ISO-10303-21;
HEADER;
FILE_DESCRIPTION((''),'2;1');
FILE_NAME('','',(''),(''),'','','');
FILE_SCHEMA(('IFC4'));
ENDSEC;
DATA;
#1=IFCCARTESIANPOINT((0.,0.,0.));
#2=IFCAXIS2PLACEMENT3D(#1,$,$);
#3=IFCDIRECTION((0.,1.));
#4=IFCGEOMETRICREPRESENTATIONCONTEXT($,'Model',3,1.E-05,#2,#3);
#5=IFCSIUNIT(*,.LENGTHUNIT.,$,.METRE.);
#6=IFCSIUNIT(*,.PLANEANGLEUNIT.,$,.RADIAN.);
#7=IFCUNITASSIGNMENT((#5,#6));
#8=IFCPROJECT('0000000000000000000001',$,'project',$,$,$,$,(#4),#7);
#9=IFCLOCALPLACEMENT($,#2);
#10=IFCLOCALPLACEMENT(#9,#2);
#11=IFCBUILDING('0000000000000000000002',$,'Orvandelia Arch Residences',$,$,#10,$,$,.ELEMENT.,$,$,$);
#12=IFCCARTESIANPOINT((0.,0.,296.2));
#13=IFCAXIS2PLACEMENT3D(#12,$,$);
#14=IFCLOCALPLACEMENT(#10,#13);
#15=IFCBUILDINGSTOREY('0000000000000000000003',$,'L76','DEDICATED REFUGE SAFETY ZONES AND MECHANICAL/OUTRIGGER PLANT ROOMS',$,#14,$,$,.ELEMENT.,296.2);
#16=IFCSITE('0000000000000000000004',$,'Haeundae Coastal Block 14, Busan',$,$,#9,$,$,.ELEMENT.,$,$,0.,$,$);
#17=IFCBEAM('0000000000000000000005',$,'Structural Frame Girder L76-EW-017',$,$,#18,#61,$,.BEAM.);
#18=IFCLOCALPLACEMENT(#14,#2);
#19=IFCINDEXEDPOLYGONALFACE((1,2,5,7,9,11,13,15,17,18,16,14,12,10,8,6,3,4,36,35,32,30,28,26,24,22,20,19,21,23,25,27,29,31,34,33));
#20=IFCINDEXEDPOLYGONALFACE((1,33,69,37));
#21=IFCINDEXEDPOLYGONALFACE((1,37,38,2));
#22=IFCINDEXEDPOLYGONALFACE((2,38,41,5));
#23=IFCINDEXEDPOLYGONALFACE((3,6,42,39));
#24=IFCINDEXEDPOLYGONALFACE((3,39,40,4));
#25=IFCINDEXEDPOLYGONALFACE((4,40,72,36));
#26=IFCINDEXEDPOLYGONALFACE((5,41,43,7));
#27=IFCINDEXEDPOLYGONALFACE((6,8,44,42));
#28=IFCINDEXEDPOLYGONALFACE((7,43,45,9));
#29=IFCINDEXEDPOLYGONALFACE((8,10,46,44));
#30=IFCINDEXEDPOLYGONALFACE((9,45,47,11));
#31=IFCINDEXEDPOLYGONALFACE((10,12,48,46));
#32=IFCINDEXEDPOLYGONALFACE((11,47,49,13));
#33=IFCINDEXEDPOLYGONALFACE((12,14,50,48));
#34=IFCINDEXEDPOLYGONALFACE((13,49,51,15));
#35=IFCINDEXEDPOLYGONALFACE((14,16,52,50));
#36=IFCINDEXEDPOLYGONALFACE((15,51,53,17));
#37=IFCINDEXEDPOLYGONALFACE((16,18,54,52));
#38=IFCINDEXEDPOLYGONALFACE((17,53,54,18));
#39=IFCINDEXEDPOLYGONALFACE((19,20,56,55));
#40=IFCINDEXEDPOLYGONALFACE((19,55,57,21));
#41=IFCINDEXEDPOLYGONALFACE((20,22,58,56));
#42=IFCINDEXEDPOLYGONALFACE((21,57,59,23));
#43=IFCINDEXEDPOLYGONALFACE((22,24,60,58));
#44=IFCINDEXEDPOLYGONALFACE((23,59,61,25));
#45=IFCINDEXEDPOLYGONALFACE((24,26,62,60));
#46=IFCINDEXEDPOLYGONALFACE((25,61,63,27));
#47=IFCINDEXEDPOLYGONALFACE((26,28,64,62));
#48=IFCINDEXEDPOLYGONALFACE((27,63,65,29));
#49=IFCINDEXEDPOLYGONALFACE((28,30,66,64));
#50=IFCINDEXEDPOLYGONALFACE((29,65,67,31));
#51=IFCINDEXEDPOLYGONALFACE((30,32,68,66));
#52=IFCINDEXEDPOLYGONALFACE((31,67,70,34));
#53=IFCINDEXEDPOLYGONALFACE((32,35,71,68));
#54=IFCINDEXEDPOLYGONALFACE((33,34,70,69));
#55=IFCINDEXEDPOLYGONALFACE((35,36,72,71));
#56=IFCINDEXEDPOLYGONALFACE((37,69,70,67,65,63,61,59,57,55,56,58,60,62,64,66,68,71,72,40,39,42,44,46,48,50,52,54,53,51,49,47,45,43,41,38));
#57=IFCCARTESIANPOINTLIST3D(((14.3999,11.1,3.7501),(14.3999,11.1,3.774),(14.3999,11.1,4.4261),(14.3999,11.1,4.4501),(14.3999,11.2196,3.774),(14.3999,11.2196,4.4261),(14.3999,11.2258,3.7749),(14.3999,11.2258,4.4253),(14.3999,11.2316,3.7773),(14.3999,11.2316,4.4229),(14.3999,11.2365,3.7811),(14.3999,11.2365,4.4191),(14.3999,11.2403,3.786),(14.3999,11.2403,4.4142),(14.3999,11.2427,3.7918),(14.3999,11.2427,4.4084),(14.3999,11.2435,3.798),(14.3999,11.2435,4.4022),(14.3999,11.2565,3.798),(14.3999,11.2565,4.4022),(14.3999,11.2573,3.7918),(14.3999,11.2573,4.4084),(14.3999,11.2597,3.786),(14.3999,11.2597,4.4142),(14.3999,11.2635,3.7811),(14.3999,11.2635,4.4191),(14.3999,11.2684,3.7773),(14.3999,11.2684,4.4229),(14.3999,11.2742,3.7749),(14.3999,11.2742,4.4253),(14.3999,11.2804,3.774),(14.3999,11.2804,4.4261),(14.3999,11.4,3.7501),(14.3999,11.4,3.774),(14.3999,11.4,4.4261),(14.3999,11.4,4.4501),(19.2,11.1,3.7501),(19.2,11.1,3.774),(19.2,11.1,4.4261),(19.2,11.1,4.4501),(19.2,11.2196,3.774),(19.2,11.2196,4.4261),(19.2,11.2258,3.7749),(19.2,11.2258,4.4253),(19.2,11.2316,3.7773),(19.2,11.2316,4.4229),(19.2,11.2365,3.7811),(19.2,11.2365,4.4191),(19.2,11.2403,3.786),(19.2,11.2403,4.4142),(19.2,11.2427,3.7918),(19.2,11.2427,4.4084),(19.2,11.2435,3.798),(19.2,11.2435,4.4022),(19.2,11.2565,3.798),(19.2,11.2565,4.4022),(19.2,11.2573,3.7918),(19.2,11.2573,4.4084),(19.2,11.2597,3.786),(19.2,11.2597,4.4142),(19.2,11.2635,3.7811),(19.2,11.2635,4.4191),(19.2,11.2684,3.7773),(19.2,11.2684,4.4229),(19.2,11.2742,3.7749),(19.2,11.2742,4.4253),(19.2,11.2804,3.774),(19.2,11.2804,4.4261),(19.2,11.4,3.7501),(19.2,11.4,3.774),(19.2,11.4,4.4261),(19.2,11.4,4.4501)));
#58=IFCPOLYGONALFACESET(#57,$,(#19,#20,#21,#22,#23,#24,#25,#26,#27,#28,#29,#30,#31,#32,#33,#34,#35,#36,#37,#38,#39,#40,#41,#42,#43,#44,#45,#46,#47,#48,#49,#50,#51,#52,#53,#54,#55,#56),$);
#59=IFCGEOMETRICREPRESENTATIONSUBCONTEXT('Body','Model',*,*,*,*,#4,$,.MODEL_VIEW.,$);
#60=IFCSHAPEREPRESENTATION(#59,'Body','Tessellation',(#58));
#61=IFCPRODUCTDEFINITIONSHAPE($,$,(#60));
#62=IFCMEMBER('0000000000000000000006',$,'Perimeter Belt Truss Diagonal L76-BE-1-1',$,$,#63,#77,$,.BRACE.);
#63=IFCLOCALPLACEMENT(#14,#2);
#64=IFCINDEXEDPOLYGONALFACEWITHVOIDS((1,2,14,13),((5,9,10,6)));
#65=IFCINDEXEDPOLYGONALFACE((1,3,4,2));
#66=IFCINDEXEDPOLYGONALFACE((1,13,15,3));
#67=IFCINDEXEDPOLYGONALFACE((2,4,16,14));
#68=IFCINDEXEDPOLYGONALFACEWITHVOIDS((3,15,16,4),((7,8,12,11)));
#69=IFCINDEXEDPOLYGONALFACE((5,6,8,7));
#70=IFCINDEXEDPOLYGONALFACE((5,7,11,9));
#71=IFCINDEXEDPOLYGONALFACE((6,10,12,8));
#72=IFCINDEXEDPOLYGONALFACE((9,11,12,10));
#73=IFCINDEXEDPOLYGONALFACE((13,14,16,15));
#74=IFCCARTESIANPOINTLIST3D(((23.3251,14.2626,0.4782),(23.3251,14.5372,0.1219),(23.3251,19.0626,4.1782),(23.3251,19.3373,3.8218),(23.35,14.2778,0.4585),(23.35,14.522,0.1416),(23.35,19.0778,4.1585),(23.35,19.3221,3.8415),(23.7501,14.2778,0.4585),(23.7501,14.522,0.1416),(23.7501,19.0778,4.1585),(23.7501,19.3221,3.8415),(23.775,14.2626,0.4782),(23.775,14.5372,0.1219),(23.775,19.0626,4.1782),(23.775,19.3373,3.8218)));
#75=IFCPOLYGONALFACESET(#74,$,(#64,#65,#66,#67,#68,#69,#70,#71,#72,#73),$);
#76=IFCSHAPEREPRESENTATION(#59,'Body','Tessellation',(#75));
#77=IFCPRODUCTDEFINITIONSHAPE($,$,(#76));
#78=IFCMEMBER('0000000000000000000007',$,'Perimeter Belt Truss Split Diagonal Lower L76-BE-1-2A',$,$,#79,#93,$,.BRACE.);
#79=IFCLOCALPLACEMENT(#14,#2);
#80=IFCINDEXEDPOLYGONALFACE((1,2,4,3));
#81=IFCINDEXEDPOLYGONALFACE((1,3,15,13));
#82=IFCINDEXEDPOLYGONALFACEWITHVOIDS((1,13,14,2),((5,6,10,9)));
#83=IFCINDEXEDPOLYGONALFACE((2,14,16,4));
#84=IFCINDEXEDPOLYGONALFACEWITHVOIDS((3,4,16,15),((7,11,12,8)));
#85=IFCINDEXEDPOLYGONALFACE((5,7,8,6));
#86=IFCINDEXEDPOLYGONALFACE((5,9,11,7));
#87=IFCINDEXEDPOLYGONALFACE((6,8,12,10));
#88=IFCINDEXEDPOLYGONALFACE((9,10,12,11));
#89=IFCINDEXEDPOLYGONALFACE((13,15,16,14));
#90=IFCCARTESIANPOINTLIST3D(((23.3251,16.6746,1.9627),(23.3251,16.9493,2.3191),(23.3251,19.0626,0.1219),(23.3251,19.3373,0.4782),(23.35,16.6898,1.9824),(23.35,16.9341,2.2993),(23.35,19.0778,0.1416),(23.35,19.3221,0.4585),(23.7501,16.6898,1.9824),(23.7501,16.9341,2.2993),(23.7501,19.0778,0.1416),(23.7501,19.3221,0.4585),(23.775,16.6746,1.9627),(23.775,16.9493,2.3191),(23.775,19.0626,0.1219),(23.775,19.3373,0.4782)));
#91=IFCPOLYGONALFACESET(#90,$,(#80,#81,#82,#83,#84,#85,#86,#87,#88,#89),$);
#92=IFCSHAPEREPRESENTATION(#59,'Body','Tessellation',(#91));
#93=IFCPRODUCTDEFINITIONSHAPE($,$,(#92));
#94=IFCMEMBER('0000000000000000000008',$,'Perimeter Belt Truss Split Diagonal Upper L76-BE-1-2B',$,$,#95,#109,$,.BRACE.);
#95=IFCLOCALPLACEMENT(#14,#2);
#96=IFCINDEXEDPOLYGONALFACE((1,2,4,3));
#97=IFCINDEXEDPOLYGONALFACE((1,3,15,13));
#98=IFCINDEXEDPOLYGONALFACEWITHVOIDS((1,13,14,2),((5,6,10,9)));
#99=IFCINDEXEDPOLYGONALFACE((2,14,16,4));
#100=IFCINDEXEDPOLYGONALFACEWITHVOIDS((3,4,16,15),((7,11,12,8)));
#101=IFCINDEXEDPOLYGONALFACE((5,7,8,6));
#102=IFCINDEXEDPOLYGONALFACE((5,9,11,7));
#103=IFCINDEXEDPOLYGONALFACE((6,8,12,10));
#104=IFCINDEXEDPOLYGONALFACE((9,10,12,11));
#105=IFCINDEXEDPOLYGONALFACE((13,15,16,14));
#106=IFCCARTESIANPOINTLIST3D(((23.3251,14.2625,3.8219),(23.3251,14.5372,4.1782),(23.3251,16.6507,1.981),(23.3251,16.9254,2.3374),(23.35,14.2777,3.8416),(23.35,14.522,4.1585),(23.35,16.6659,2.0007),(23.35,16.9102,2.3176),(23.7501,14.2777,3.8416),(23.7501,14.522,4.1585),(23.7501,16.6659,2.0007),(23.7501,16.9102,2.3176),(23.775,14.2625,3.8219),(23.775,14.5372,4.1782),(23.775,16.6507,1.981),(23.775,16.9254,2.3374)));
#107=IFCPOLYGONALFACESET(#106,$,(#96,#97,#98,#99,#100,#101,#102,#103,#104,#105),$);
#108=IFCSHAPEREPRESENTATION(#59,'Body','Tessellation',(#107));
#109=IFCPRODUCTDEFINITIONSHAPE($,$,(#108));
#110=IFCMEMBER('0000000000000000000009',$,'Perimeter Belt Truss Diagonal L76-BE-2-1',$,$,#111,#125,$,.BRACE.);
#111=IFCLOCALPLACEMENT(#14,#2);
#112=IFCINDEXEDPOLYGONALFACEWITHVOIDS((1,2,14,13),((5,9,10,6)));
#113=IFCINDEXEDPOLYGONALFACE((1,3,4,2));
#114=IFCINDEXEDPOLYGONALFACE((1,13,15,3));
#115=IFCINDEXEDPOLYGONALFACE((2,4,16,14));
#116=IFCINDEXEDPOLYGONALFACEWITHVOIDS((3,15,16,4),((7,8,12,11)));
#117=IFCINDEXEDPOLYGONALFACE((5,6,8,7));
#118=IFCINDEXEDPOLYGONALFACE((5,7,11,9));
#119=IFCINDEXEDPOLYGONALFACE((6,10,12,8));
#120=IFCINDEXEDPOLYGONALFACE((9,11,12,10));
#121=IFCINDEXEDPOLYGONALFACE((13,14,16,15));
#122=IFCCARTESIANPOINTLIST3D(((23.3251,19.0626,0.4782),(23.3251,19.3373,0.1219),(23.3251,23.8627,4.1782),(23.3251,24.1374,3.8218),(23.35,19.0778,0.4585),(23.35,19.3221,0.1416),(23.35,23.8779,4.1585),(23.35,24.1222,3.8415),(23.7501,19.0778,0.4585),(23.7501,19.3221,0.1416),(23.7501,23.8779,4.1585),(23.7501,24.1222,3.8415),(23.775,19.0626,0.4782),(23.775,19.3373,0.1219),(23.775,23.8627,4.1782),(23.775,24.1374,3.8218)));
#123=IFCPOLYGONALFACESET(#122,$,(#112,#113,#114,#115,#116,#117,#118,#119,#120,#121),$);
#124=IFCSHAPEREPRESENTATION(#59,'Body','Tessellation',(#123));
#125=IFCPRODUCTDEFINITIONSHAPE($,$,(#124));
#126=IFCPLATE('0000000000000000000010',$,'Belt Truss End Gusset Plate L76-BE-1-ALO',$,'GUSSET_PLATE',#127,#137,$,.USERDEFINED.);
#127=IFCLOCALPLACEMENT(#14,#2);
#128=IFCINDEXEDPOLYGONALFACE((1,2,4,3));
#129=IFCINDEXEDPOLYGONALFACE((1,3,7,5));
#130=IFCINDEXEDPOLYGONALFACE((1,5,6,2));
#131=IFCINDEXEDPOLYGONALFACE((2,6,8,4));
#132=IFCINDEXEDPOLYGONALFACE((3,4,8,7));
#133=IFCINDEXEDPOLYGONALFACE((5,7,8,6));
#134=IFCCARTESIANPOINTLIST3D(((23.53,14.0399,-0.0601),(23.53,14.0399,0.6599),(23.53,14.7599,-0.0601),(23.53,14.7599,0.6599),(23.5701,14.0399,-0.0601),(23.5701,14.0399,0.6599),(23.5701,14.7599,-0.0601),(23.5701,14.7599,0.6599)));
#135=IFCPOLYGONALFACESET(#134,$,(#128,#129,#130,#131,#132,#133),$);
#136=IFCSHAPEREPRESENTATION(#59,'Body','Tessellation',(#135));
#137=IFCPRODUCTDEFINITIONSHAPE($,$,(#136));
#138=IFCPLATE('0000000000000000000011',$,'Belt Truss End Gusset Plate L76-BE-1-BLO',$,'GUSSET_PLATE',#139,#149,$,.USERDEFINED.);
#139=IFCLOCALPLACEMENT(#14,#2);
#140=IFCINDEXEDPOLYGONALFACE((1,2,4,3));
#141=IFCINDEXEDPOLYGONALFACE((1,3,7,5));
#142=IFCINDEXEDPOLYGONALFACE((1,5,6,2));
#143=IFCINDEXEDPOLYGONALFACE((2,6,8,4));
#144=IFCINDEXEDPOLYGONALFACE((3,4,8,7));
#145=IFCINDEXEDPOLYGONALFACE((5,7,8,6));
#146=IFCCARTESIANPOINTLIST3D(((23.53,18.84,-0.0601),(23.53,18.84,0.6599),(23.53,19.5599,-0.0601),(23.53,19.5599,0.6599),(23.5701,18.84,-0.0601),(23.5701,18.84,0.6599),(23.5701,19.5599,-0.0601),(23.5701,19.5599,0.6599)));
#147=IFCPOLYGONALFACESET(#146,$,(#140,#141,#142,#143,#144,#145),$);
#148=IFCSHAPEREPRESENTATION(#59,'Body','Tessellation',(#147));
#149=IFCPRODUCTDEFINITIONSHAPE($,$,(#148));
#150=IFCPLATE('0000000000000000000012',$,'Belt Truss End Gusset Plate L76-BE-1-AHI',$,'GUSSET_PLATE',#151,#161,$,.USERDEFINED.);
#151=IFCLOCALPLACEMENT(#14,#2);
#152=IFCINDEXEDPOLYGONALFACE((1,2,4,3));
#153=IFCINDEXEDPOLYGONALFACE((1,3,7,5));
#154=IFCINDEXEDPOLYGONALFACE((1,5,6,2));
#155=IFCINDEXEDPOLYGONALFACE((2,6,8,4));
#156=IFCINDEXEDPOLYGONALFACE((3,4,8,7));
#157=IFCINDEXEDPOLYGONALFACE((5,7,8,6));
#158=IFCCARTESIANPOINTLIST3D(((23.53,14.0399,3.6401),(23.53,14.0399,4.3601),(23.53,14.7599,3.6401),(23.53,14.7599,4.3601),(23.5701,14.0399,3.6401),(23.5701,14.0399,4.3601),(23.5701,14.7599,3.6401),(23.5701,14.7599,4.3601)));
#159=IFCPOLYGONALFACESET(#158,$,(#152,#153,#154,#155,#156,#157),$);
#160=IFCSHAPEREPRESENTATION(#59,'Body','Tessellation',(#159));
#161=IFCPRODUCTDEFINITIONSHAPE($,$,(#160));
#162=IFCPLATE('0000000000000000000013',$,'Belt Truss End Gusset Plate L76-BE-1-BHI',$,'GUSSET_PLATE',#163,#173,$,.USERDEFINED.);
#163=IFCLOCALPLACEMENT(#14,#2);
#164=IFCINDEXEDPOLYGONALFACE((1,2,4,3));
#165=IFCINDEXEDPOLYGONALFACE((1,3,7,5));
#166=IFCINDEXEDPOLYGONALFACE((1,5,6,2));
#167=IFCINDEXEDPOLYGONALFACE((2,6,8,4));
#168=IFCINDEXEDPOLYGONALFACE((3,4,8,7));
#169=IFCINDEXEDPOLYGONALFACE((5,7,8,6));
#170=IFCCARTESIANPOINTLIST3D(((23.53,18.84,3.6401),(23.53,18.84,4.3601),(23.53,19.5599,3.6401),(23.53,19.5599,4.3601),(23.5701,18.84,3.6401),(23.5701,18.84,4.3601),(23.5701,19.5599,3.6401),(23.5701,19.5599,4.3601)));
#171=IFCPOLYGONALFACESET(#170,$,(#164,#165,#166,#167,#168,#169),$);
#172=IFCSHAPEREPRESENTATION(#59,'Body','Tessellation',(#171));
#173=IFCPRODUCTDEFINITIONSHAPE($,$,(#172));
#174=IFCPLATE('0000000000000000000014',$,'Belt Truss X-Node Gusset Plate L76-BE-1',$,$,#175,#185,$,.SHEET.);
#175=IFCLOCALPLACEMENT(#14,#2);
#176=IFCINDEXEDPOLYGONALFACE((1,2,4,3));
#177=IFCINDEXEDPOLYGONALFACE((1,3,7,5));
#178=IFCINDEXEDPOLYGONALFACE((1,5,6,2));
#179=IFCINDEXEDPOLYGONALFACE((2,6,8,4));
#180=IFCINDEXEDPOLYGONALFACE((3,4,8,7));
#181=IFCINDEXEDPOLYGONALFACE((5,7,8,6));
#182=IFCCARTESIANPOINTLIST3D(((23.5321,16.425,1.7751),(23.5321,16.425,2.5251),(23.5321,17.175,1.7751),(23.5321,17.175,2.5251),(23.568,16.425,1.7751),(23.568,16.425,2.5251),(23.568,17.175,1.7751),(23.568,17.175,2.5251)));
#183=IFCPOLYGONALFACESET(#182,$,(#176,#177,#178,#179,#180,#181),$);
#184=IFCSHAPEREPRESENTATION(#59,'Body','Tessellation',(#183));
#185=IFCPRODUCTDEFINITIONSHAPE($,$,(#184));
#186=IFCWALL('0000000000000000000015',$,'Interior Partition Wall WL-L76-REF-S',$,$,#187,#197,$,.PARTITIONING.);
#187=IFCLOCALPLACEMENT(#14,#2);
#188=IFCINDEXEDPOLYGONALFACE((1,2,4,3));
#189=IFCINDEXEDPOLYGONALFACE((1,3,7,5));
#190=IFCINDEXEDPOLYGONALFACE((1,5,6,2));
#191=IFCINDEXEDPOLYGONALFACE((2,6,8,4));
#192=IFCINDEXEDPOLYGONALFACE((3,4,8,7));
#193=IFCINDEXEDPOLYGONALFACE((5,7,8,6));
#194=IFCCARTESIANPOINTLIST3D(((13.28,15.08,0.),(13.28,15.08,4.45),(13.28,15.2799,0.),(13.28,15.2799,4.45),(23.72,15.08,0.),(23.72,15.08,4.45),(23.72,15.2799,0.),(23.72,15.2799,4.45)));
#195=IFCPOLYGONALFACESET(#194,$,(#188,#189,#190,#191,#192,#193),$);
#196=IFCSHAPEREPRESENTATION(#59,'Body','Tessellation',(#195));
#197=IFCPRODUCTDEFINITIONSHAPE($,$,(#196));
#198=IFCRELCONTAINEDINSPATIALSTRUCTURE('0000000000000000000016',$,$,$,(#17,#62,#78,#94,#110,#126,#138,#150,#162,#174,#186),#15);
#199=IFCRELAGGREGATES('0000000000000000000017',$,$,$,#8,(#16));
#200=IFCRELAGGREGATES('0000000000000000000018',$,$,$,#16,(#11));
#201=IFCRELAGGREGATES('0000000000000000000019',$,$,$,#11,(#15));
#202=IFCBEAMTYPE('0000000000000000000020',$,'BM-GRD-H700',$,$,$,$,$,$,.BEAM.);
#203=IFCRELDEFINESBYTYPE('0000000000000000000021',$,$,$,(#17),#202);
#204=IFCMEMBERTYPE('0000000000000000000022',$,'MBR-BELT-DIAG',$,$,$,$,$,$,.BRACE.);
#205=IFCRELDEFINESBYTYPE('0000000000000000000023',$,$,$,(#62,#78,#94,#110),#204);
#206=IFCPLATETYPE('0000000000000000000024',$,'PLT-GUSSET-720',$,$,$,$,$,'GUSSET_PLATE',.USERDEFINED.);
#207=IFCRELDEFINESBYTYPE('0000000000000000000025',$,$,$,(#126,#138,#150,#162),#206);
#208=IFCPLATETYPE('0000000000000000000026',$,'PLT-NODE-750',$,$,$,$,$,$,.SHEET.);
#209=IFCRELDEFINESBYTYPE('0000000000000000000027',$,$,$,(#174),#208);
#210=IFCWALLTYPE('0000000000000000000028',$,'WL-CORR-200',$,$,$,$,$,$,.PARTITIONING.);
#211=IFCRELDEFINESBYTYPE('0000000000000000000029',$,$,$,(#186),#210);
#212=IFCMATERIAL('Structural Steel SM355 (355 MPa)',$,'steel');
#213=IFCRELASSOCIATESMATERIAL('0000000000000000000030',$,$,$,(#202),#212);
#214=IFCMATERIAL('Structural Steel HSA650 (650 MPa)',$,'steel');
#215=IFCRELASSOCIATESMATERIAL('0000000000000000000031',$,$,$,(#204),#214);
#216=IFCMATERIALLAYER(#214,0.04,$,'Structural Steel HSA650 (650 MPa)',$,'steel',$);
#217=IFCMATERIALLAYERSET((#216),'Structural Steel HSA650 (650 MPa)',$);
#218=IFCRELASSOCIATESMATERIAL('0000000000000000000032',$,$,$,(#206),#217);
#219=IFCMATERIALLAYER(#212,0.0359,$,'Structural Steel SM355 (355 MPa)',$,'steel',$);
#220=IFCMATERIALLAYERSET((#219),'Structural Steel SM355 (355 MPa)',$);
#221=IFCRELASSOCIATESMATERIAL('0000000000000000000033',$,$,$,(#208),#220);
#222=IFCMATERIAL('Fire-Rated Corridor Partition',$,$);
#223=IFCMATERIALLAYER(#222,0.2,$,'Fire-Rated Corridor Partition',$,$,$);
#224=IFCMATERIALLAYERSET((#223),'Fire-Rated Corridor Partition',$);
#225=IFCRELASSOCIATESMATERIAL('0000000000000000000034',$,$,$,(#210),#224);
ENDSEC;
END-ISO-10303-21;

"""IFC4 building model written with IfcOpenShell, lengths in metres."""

from ifc_helpers import new_model, si_unit, direction, frame, frame_2d, origin, origin_2d, place, context, subcontext, project, spatial, rectangle, hollow_rectangle, i_section, extrude, material, layer, layer_set, material_profile, profile_set, type_object, element, save


model = new_model("IFC4")

# Units and contexts
model_context = context("Model", 3, precision=1e-05, world=origin(), true_north=direction((0.0, 1.0)))
body_context = subcontext(model_context, "Body", "Model", "MODEL_VIEW")
ifc_project = project(units=[si_unit("LENGTHUNIT", "METRE"), si_unit("PLANEANGLEUNIT", "RADIAN")], contexts=[model_context])

# Site, building, storey
site_placement = place(None, origin())
site = spatial("IfcSite", under=ifc_project, at=site_placement, Name="Haeundae Coastal Block 14, Busan", CompositionType="ELEMENT", RefElevation=0.0)
building_placement = place(site_placement, origin())
building = spatial("IfcBuilding", under=site, at=building_placement, Name="Orvandelia Arch Residences", CompositionType="ELEMENT")
storey_placement = place(building_placement, frame((0.0, 0.0, 296.2)))
storey = spatial("IfcBuildingStorey", under=building, at=storey_placement, Name="L76", Description="DEDICATED REFUGE SAFETY ZONES AND MECHANICAL/OUTRIGGER PLANT ROOMS", CompositionType="ELEMENT", Elevation=296.2)

# Beam
ifc_material_1 = material(Name="Structural Steel SM355 (355 MPa)", Category="steel")
ifc_material_profile_1 = material_profile(ifc_material_1, i_section(OverallWidth=0.3, OverallDepth=0.7, WebThickness=0.0129, FlangeThickness=0.0239, FilletRadius=0.0239, at=origin_2d()), Name="Structural Steel SM355 (355 MPa)", Category="steel")
ifc_profile_set_1 = profile_set([ifc_material_profile_1], Name="Structural Steel SM355 (355 MPa)")
beam_type = type_object("IfcBeamType", Name="BM-GRD-H700", PredefinedType="BEAM", material=ifc_profile_set_1)
beam_1_placement = place(storey_placement, frame((14.3999, 11.25, 4.1001), z_axis=(1.0, 0.0, 0.0), x_axis=(0.0, 1.0, 0.0)))
element("IfcBeam", 1, at=beam_1_placement, inside=storey, type_object=beam_type, Name="Structural Frame Girder L76-EW-017", PredefinedType="BEAM", context=body_context, shape_type="SweptSolid", body=[
    extrude(i_section(OverallWidth=0.3, OverallDepth=0.7, WebThickness=0.0129, FlangeThickness=0.0239, FilletRadius=0.0239, at=origin_2d()), origin(), (0.0, 0.0, 1.0), 4.8),
])

# Members
ifc_material_2 = material(Name="Structural Steel HSA650 (650 MPa)", Category="steel")
ifc_material_profile_2 = material_profile(ifc_material_2, hollow_rectangle(XDim=0.45, YDim=0.45, WallThickness=0.0249, at=origin_2d()), Name="Structural Steel HSA650 (650 MPa)", Category="steel")
ifc_profile_set_2 = profile_set([ifc_material_profile_2], Name="Structural Steel HSA650 (650 MPa)")
member_type = type_object("IfcMemberType", Name="MBR-BELT-DIAG", PredefinedType="BRACE", material=ifc_profile_set_2)
member_1_placement = place(storey_placement, frame((23.55, 14.3999, 0.3), z_axis=(0.0, 0.792017, 0.610499), x_axis=(-1.0, 0.0, 0.0)))
element("IfcMember", 2, at=member_1_placement, inside=storey, type_object=member_type, Name="Perimeter Belt Truss Diagonal L76-BE-1-1", PredefinedType="BRACE", context=body_context, shape_type="SweptSolid", body=[
    extrude(hollow_rectangle(XDim=0.45, YDim=0.45, WallThickness=0.0249, at=origin_2d()), origin(), (0.0, 0.0, 1.0), 6.0605),
])
member_2_placement = place(storey_placement, frame((23.55, 19.2, 0.3), z_axis=(0.0, -0.791991, 0.610532), x_axis=(1.0, 0.0, 0.0)))
element("IfcMember", 3, at=member_2_placement, inside=storey, type_object=member_type, Name="Perimeter Belt Truss Split Diagonal Lower L76-BE-1-2A", PredefinedType="BRACE", context=body_context, shape_type="SweptSolid", body=[
    extrude(hollow_rectangle(XDim=0.45, YDim=0.45, WallThickness=0.0249, at=origin_2d()), origin(), (0.0, 0.0, 1.0), 3.0151),
])
member_3_placement = place(storey_placement, frame((23.55, 16.7881, 2.1592), z_axis=(0.0, -0.792022, 0.610493), x_axis=(1.0, 0.0, 0.0)))
element("IfcMember", 4, at=member_3_placement, inside=storey, type_object=member_type, Name="Perimeter Belt Truss Split Diagonal Upper L76-BE-1-2B", PredefinedType="BRACE", context=body_context, shape_type="SweptSolid", body=[
    extrude(hollow_rectangle(XDim=0.45, YDim=0.45, WallThickness=0.0249, at=origin_2d()), origin(), (0.0, 0.0, 1.0), 3.0154),
])
member_4_placement = place(storey_placement, frame((23.55, 19.2, 0.3), z_axis=(0.0, 0.792017, 0.610499), x_axis=(-1.0, 0.0, 0.0)))
element("IfcMember", 5, at=member_4_placement, inside=storey, type_object=member_type, Name="Perimeter Belt Truss Diagonal L76-BE-2-1", PredefinedType="BRACE", context=body_context, shape_type="SweptSolid", body=[
    extrude(hollow_rectangle(XDim=0.45, YDim=0.45, WallThickness=0.0249, at=origin_2d()), origin(), (0.0, 0.0, 1.0), 6.0605),
])

# Plates
ifc_layer_1 = layer(ifc_material_2, 0.04, Name="Structural Steel HSA650 (650 MPa)", Category="steel")
ifc_layer_set_1 = layer_set([ifc_layer_1], Name="Structural Steel HSA650 (650 MPa)")
plate_type_1 = type_object("IfcPlateType", Name="PLT-GUSSET-720", ElementType="GUSSET_PLATE", PredefinedType="USERDEFINED", material=ifc_layer_set_1)
for number, where, z_axis, x_axis, name in (
    (6, (23.55, 14.3999, -0.0601), (0.0, 0.0, 1.0), (0.0, 1.0, 0.0), "Belt Truss End Gusset Plate L76-BE-1-ALO"),
    (7, (23.55, 19.2, -0.0601), (0.0, 0.0, 1.0), (0.0, 1.0, 0.0), "Belt Truss End Gusset Plate L76-BE-1-BLO"),
    (8, (23.55, 14.3999, 3.6401), (0.0, 0.0, 1.0), (0.0, 1.0, 0.0), "Belt Truss End Gusset Plate L76-BE-1-AHI"),
    (9, (23.55, 19.2, 3.6401), (0.0, 0.0, 1.0), (0.0, 1.0, 0.0), "Belt Truss End Gusset Plate L76-BE-1-BHI"),
):
    element("IfcPlate", number, at=place(storey_placement, frame(where, z_axis=z_axis, x_axis=x_axis)), inside=storey, type_object=plate_type_1, Name=name, ObjectType="GUSSET_PLATE", PredefinedType="USERDEFINED", context=body_context, shape_type="SweptSolid", body=[
        extrude(rectangle(XDim=0.72, YDim=0.04, at=origin_2d()), origin(), (0.0, 0.0, 1.0), 0.72),
    ])
ifc_layer_2 = layer(ifc_material_1, 0.0359, Name="Structural Steel SM355 (355 MPa)", Category="steel")
ifc_layer_set_2 = layer_set([ifc_layer_2], Name="Structural Steel SM355 (355 MPa)")
plate_type_2 = type_object("IfcPlateType", Name="PLT-NODE-750", PredefinedType="SHEET", material=ifc_layer_set_2)
plate_placement = place(storey_placement, frame((23.55, 16.8, 1.7751), z_axis=(0.0, 0.0, 1.0), x_axis=(0.0, 1.0, 0.0)))
element("IfcPlate", 10, at=plate_placement, inside=storey, type_object=plate_type_2, Name="Belt Truss X-Node Gusset Plate L76-BE-1", PredefinedType="SHEET", context=body_context, shape_type="SweptSolid", body=[
    extrude(rectangle(XDim=0.75, YDim=0.0359, at=origin_2d()), origin(), (0.0, 0.0, 1.0), 0.75),
])

# Wall
ifc_material_3 = material(Name="Fire-Rated Corridor Partition")
ifc_layer_3 = layer(ifc_material_3, 0.2, Name="Fire-Rated Corridor Partition")
ifc_layer_set_3 = layer_set([ifc_layer_3], Name="Fire-Rated Corridor Partition")
wall_type_1 = type_object("IfcWallType", Name="WL-CORR-200", PredefinedType="PARTITIONING", material=ifc_layer_set_3)
wall_1_placement = place(storey_placement, frame((13.28, 15.1799, 0.0), z_axis=(0.0, 0.0, 1.0), x_axis=(1.0, 0.0, 0.0)))
element("IfcWall", 11, at=wall_1_placement, inside=storey, type_object=wall_type_1, Name="Interior Partition Wall WL-L76-REF-S", PredefinedType="PARTITIONING", context=body_context, shape_type="SweptSolid", body=[
    extrude(rectangle(XDim=10.4399, YDim=0.2, at=frame_2d((5.22, 0.0))), origin(), (0.0, 0.0, 1.0), 4.45),
])

save(model, "model.ifc")
